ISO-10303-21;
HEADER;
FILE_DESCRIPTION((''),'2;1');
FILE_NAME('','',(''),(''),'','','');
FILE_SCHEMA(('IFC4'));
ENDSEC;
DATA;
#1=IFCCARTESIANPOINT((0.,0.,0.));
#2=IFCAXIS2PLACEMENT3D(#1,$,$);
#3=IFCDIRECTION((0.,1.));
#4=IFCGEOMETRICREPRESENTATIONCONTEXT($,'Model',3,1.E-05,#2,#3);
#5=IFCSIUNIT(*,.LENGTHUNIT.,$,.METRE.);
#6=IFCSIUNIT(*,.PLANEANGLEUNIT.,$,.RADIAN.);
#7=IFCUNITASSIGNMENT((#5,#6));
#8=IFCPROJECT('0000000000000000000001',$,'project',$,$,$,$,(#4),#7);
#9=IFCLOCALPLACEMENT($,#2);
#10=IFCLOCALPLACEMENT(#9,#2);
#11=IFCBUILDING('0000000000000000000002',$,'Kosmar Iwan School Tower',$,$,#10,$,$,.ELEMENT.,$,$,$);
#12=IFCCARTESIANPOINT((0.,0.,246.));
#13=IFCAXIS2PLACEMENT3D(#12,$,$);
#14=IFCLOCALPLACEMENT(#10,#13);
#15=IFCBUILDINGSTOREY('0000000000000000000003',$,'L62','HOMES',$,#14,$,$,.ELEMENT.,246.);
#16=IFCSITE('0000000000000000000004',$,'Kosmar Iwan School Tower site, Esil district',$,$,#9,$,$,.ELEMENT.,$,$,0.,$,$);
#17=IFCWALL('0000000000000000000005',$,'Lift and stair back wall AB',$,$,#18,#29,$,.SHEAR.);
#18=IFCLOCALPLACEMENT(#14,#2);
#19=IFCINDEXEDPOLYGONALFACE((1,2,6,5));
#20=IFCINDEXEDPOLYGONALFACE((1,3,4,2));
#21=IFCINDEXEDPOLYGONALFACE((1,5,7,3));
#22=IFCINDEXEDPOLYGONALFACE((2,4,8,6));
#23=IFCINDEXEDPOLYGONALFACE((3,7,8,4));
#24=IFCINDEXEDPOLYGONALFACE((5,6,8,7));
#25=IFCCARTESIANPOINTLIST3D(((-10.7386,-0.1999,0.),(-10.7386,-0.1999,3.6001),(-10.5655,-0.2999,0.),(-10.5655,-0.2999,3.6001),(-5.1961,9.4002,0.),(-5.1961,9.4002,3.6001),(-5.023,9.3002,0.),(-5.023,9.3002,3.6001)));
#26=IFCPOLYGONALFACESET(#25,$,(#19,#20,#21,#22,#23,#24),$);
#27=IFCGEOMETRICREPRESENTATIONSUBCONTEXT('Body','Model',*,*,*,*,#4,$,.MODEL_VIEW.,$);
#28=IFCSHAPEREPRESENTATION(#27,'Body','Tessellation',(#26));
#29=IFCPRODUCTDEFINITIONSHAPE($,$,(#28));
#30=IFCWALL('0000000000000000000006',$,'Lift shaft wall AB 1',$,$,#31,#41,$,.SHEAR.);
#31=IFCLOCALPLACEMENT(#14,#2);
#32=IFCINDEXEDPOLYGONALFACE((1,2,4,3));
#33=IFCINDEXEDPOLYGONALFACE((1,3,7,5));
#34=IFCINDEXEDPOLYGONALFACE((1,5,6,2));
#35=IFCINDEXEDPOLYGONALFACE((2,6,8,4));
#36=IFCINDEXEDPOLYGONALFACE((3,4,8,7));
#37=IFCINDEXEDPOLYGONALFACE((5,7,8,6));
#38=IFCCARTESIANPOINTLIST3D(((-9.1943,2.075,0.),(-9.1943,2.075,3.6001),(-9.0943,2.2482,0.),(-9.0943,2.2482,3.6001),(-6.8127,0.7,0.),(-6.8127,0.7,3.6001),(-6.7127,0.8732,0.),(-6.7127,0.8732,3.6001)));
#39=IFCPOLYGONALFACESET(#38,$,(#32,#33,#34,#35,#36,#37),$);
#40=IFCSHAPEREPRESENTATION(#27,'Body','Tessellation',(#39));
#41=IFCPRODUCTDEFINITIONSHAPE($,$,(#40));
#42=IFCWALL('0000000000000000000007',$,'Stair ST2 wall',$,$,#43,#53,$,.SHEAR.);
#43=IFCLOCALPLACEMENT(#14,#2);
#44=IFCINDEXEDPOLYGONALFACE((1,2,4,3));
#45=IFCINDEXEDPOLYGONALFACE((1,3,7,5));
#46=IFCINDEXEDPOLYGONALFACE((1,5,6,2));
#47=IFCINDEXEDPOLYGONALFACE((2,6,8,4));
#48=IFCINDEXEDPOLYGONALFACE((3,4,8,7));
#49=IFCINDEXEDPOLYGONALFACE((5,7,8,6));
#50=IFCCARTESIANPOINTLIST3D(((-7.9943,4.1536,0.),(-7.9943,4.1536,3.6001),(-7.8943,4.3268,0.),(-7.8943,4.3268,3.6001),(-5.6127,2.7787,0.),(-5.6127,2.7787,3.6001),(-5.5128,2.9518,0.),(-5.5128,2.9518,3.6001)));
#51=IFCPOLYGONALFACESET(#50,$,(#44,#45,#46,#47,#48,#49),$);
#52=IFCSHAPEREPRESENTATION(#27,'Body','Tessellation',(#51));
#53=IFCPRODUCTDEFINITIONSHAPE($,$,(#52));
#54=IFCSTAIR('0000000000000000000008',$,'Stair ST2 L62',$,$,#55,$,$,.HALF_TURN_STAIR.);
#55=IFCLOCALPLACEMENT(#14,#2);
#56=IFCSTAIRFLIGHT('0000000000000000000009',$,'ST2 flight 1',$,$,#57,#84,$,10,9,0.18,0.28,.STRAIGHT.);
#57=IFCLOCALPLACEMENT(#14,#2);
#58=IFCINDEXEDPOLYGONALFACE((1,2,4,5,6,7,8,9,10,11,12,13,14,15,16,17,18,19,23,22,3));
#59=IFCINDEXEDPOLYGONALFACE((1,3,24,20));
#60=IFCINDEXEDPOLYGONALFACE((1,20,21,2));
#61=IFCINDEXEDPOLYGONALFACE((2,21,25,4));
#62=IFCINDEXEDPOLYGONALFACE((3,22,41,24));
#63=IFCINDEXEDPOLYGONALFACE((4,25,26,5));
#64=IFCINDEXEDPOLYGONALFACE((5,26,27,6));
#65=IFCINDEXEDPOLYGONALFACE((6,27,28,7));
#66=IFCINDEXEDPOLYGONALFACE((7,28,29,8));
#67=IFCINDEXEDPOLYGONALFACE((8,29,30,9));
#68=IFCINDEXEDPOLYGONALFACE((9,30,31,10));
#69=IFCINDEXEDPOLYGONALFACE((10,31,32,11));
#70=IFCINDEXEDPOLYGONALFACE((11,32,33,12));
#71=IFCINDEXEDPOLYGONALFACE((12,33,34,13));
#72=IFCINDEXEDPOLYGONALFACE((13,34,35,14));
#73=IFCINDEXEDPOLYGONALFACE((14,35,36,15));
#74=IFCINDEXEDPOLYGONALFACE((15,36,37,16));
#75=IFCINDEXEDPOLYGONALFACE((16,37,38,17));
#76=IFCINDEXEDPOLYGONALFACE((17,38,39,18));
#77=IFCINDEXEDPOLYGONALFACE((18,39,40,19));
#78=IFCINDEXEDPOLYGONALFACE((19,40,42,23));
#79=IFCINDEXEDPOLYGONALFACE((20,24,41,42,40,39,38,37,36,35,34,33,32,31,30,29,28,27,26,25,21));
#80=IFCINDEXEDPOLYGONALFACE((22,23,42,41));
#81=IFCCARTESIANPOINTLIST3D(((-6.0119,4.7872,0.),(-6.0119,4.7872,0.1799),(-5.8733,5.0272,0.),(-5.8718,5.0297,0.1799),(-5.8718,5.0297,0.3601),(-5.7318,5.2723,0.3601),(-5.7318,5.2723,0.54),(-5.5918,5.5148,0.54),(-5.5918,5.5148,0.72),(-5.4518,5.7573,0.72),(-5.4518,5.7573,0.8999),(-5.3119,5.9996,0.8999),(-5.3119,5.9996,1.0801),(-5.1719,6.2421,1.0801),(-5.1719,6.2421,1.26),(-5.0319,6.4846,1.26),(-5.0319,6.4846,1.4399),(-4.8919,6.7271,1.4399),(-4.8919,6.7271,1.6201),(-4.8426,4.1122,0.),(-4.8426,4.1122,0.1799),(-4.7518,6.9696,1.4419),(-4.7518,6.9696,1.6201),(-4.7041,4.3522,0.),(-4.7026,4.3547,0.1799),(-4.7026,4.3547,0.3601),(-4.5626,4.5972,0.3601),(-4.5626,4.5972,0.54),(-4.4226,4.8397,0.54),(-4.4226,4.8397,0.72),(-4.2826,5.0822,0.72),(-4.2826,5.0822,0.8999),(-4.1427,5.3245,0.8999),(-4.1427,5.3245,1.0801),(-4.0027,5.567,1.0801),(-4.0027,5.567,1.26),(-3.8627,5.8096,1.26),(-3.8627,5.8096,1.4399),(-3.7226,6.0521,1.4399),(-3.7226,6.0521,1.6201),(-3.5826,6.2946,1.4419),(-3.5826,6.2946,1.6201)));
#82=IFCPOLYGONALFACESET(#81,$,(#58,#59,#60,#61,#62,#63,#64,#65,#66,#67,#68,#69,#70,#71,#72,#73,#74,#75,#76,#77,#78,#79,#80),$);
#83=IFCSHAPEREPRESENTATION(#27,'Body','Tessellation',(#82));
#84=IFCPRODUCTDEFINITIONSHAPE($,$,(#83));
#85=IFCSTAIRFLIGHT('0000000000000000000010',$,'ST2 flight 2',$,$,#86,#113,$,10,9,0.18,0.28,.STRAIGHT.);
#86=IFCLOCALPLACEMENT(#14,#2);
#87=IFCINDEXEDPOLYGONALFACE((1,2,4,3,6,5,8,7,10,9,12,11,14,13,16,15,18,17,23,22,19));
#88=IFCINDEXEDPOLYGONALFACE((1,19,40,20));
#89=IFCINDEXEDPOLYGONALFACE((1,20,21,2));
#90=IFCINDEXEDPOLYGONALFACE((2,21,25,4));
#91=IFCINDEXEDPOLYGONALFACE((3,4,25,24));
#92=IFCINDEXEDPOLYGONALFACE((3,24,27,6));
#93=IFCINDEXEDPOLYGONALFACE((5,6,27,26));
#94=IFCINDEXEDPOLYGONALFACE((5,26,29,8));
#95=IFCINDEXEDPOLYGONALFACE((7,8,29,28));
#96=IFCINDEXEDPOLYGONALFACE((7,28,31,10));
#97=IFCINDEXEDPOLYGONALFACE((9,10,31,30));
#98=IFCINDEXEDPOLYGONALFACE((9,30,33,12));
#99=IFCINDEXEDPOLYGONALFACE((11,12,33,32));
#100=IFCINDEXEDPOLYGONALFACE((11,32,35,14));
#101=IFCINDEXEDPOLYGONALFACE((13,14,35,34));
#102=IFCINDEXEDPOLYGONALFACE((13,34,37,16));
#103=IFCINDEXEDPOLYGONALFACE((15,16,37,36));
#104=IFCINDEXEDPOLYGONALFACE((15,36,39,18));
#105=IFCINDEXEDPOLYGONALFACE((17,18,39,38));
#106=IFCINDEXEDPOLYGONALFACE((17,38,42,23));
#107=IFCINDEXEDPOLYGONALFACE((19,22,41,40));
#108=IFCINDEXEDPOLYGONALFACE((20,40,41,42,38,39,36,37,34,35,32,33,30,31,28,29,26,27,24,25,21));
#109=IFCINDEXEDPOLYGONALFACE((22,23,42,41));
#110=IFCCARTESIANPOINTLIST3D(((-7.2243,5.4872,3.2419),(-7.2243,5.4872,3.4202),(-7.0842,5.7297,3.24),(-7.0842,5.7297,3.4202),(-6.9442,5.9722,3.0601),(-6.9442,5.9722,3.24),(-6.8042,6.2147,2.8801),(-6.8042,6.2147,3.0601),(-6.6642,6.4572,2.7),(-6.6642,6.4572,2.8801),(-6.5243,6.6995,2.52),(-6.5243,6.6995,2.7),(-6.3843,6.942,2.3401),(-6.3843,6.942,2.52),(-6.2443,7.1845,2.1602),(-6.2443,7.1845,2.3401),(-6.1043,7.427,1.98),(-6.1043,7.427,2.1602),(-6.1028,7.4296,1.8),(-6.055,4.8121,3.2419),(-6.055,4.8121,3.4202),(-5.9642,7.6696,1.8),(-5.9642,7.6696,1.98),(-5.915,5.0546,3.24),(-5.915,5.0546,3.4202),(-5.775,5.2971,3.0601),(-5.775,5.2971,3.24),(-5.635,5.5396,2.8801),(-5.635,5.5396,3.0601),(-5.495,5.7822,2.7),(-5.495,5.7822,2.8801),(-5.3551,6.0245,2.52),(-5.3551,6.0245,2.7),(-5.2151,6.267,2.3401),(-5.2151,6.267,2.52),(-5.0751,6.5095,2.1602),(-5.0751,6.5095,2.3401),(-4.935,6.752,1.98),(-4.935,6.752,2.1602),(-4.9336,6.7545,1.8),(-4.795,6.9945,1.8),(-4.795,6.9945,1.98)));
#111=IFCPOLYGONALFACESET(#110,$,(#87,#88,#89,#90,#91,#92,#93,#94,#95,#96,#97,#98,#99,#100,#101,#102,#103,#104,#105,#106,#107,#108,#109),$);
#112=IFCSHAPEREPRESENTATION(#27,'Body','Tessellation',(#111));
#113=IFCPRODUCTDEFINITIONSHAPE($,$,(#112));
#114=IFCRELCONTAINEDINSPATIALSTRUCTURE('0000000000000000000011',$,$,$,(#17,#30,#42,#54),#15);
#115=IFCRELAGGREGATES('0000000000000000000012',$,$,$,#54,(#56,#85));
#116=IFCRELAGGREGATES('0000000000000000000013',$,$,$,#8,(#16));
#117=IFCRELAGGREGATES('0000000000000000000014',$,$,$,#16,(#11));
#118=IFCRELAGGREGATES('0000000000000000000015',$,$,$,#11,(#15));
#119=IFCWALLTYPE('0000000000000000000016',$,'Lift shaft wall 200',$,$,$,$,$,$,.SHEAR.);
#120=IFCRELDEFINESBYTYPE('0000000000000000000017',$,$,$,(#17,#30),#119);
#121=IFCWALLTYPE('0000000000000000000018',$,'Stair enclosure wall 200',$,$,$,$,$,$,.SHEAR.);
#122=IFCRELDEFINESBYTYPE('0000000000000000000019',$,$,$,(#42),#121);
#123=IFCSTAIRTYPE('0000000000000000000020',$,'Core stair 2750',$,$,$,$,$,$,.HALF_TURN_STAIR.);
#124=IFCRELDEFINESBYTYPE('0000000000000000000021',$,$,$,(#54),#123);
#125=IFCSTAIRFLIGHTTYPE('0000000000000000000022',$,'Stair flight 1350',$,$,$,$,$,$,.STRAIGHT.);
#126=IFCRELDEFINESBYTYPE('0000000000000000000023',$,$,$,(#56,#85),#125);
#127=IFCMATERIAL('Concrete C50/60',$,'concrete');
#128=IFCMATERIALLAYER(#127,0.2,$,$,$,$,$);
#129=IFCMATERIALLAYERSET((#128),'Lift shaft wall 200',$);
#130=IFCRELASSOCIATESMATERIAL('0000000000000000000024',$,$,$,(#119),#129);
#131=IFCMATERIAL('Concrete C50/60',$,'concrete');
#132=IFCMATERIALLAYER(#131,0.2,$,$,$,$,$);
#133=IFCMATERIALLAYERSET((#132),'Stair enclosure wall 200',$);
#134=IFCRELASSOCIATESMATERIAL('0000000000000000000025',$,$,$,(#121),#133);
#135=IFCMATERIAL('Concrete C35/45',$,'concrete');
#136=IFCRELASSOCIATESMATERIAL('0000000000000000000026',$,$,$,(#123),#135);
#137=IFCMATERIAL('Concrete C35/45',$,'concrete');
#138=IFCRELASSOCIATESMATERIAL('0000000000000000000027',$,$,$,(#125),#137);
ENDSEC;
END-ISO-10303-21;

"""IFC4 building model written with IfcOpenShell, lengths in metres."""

from ifc_helpers import new_model, si_unit, direction, frame, frame_2d, origin, place, context, subcontext, project, spatial, polyline, rectangle, outline, extrude, material, layer, layer_set, type_object, element, aggregate, save


model = new_model("IFC4")

# Units and contexts
model_context = context("Model", 3, precision=1e-05, world=origin(), true_north=direction((0.0, 1.0)))
body_context = subcontext(model_context, "Body", "Model", "MODEL_VIEW")
ifc_project = project(units=[si_unit("LENGTHUNIT", "METRE"), si_unit("PLANEANGLEUNIT", "RADIAN")], contexts=[model_context])

# Site, building, storey
site_placement = place(None, origin())
site = spatial("IfcSite", under=ifc_project, at=site_placement, Name="Kosmar Iwan School Tower site, Esil district", CompositionType="ELEMENT", RefElevation=0.0)
building_placement = place(site_placement, origin())
building = spatial("IfcBuilding", under=site, at=building_placement, Name="Kosmar Iwan School Tower", CompositionType="ELEMENT")
storey_placement = place(building_placement, frame((0.0, 0.0, 246.0)))
storey = spatial("IfcBuildingStorey", under=building, at=storey_placement, Name="L62", Description="HOMES", CompositionType="ELEMENT", Elevation=246.0)

# Walls
ifc_material_1 = material(Name="Concrete C50/60", Category="concrete")
ifc_layer_1 = layer(ifc_material_1, 0.2)
ifc_layer_set_1 = layer_set([ifc_layer_1], Name="Lift shaft wall 200")
wall_type_1 = type_object("IfcWallType", Name="Lift shaft wall 200", PredefinedType="SHEAR", material=ifc_layer_set_1)
wall_1_placement = place(storey_placement, frame((-5.1096, 9.3501, 0.0), z_axis=(0.0, 0.0, 1.0), x_axis=(-0.499991, -0.866031, 0.0)))
element("IfcWall", 1, at=wall_1_placement, inside=storey, type_object=wall_type_1, Name="Lift and stair back wall AB", PredefinedType="SHEAR", context=body_context, shape_type="SweptSolid", body=[
    extrude(rectangle(XDim=11.0852, YDim=0.2, at=frame_2d((5.5425, 0.0))), origin(), (0.0, 0.0, 1.0), 3.6001),
])
wall_2_placement = place(storey_placement, frame((-6.7627, 0.7866, 0.0), z_axis=(0.0, 0.0, 1.0), x_axis=(-0.866027, 0.499997, 0.0)))
element("IfcWall", 2, at=wall_2_placement, inside=storey, type_object=wall_type_1, Name="Lift shaft wall AB 1", PredefinedType="SHEAR", context=body_context, shape_type="SweptSolid", body=[
    extrude(rectangle(XDim=2.75, YDim=0.2, at=frame_2d((1.375, 0.0))), origin(), (0.0, 0.0, 1.0), 3.6001),
])
ifc_material_2 = material(Name="Concrete C50/60", Category="concrete")
ifc_layer_2 = layer(ifc_material_2, 0.2)
ifc_layer_set_2 = layer_set([ifc_layer_2], Name="Stair enclosure wall 200")
wall_type_2 = type_object("IfcWallType", Name="Stair enclosure wall 200", PredefinedType="SHEAR", material=ifc_layer_set_2)
wall_3_placement = place(storey_placement, frame((-5.5627, 2.8652, 0.0), z_axis=(0.0, 0.0, 1.0), x_axis=(-0.866027, 0.499997, 0.0)))
element("IfcWall", 3, at=wall_3_placement, inside=storey, type_object=wall_type_2, Name="Stair ST2 wall", PredefinedType="SHEAR", context=body_context, shape_type="SweptSolid", body=[
    extrude(rectangle(XDim=2.75, YDim=0.2, at=frame_2d((1.375, 0.0))), origin(), (0.0, 0.0, 1.0), 3.6001),
])

# Stair, stair flights
ifc_material_3 = material(Name="Concrete C35/45", Category="concrete")
stair_type = type_object("IfcStairType", Name="Core stair 2750", PredefinedType="HALF_TURN_STAIR", material=ifc_material_3)
stair_placement = place(storey_placement, origin())
stair = element("IfcStair", 4, at=stair_placement, inside=storey, type_object=stair_type, Name="Stair ST2 L62", PredefinedType="HALF_TURN_STAIR")
ifc_material_4 = material(Name="Concrete C35/45", Category="concrete")
stair_flight_type = type_object("IfcStairFlightType", Name="Stair flight 1350", PredefinedType="STRAIGHT", material=ifc_material_4)
stair_flight_1_placement = place(storey_placement, frame((-5.4272, 4.4497, 0.0), z_axis=(0.0, 0.0, 1.0), x_axis=(0.5, 0.866025, 0.0)))
stair_flight_1 = element("IfcStairFlight", 5, at=stair_flight_1_placement, type_object=stair_flight_type, Name="ST2 flight 1", NumberOfRisers=10, NumberOfTreads=9, PredefinedType="STRAIGHT", RiserHeight=0.18, TreadLength=0.28, context=body_context, shape_type="SweptSolid", body=[
    extrude(outline(polyline([(0.0, 0.0), (0.0, 0.1799), (0.28, 0.1799), (0.28, 0.3601), (0.5601, 0.3601), (0.5601, 0.54), (0.8401, 0.54), (0.8401, 0.72), (1.1201, 0.72), (1.1201, 0.8999), (1.3999, 0.8999), (1.3999, 1.0801), (1.6799, 1.0801), (1.6799, 1.26), (1.96, 1.26), (1.96, 1.4399), (2.24, 1.4399), (2.24, 1.6201), (2.52, 1.6201), (2.52, 1.8), (2.52, 1.4419), (0.2771, 0.0), (0.0, 0.0)])), frame((0.0, 0.675, 0.0), z_axis=(0.0, -1.0, 0.0), x_axis=(1.0, 0.0, 0.0)), (0.0, 0.0, 1.0), 1.3501),
])
stair_flight_2_placement = place(storey_placement, frame((-5.3796, 7.332, 1.8), z_axis=(0.0, 0.0, 1.0), x_axis=(-0.5, -0.866025, 0.0)))
stair_flight_2 = element("IfcStairFlight", 6, at=stair_flight_2_placement, type_object=stair_flight_type, Name="ST2 flight 2", NumberOfRisers=10, NumberOfTreads=9, PredefinedType="STRAIGHT", RiserHeight=0.18, TreadLength=0.28, context=body_context, shape_type="SweptSolid", body=[
    extrude(outline(polyline([(0.0, 0.0), (0.0, 0.1799), (0.28, 0.1799), (0.28, 0.3601), (0.5601, 0.3601), (0.5601, 0.54), (0.8401, 0.54), (0.8401, 0.72), (1.1201, 0.72), (1.1201, 0.8999), (1.3999, 0.8999), (1.3999, 1.0801), (1.6799, 1.0801), (1.6799, 1.26), (1.96, 1.26), (1.96, 1.4399), (2.24, 1.4399), (2.24, 1.6201), (2.52, 1.6201), (2.52, 1.8), (2.52, 1.4419), (0.2771, 0.0), (0.0, 0.0)])), frame((0.0, 0.675, 0.0), z_axis=(0.0, -1.0, 0.0), x_axis=(1.0, 0.0, 0.0)), (0.0, 0.0, 1.0), 1.3501),
])
aggregate(stair, [stair_flight_1, stair_flight_2])

save(model, "model.ifc")
